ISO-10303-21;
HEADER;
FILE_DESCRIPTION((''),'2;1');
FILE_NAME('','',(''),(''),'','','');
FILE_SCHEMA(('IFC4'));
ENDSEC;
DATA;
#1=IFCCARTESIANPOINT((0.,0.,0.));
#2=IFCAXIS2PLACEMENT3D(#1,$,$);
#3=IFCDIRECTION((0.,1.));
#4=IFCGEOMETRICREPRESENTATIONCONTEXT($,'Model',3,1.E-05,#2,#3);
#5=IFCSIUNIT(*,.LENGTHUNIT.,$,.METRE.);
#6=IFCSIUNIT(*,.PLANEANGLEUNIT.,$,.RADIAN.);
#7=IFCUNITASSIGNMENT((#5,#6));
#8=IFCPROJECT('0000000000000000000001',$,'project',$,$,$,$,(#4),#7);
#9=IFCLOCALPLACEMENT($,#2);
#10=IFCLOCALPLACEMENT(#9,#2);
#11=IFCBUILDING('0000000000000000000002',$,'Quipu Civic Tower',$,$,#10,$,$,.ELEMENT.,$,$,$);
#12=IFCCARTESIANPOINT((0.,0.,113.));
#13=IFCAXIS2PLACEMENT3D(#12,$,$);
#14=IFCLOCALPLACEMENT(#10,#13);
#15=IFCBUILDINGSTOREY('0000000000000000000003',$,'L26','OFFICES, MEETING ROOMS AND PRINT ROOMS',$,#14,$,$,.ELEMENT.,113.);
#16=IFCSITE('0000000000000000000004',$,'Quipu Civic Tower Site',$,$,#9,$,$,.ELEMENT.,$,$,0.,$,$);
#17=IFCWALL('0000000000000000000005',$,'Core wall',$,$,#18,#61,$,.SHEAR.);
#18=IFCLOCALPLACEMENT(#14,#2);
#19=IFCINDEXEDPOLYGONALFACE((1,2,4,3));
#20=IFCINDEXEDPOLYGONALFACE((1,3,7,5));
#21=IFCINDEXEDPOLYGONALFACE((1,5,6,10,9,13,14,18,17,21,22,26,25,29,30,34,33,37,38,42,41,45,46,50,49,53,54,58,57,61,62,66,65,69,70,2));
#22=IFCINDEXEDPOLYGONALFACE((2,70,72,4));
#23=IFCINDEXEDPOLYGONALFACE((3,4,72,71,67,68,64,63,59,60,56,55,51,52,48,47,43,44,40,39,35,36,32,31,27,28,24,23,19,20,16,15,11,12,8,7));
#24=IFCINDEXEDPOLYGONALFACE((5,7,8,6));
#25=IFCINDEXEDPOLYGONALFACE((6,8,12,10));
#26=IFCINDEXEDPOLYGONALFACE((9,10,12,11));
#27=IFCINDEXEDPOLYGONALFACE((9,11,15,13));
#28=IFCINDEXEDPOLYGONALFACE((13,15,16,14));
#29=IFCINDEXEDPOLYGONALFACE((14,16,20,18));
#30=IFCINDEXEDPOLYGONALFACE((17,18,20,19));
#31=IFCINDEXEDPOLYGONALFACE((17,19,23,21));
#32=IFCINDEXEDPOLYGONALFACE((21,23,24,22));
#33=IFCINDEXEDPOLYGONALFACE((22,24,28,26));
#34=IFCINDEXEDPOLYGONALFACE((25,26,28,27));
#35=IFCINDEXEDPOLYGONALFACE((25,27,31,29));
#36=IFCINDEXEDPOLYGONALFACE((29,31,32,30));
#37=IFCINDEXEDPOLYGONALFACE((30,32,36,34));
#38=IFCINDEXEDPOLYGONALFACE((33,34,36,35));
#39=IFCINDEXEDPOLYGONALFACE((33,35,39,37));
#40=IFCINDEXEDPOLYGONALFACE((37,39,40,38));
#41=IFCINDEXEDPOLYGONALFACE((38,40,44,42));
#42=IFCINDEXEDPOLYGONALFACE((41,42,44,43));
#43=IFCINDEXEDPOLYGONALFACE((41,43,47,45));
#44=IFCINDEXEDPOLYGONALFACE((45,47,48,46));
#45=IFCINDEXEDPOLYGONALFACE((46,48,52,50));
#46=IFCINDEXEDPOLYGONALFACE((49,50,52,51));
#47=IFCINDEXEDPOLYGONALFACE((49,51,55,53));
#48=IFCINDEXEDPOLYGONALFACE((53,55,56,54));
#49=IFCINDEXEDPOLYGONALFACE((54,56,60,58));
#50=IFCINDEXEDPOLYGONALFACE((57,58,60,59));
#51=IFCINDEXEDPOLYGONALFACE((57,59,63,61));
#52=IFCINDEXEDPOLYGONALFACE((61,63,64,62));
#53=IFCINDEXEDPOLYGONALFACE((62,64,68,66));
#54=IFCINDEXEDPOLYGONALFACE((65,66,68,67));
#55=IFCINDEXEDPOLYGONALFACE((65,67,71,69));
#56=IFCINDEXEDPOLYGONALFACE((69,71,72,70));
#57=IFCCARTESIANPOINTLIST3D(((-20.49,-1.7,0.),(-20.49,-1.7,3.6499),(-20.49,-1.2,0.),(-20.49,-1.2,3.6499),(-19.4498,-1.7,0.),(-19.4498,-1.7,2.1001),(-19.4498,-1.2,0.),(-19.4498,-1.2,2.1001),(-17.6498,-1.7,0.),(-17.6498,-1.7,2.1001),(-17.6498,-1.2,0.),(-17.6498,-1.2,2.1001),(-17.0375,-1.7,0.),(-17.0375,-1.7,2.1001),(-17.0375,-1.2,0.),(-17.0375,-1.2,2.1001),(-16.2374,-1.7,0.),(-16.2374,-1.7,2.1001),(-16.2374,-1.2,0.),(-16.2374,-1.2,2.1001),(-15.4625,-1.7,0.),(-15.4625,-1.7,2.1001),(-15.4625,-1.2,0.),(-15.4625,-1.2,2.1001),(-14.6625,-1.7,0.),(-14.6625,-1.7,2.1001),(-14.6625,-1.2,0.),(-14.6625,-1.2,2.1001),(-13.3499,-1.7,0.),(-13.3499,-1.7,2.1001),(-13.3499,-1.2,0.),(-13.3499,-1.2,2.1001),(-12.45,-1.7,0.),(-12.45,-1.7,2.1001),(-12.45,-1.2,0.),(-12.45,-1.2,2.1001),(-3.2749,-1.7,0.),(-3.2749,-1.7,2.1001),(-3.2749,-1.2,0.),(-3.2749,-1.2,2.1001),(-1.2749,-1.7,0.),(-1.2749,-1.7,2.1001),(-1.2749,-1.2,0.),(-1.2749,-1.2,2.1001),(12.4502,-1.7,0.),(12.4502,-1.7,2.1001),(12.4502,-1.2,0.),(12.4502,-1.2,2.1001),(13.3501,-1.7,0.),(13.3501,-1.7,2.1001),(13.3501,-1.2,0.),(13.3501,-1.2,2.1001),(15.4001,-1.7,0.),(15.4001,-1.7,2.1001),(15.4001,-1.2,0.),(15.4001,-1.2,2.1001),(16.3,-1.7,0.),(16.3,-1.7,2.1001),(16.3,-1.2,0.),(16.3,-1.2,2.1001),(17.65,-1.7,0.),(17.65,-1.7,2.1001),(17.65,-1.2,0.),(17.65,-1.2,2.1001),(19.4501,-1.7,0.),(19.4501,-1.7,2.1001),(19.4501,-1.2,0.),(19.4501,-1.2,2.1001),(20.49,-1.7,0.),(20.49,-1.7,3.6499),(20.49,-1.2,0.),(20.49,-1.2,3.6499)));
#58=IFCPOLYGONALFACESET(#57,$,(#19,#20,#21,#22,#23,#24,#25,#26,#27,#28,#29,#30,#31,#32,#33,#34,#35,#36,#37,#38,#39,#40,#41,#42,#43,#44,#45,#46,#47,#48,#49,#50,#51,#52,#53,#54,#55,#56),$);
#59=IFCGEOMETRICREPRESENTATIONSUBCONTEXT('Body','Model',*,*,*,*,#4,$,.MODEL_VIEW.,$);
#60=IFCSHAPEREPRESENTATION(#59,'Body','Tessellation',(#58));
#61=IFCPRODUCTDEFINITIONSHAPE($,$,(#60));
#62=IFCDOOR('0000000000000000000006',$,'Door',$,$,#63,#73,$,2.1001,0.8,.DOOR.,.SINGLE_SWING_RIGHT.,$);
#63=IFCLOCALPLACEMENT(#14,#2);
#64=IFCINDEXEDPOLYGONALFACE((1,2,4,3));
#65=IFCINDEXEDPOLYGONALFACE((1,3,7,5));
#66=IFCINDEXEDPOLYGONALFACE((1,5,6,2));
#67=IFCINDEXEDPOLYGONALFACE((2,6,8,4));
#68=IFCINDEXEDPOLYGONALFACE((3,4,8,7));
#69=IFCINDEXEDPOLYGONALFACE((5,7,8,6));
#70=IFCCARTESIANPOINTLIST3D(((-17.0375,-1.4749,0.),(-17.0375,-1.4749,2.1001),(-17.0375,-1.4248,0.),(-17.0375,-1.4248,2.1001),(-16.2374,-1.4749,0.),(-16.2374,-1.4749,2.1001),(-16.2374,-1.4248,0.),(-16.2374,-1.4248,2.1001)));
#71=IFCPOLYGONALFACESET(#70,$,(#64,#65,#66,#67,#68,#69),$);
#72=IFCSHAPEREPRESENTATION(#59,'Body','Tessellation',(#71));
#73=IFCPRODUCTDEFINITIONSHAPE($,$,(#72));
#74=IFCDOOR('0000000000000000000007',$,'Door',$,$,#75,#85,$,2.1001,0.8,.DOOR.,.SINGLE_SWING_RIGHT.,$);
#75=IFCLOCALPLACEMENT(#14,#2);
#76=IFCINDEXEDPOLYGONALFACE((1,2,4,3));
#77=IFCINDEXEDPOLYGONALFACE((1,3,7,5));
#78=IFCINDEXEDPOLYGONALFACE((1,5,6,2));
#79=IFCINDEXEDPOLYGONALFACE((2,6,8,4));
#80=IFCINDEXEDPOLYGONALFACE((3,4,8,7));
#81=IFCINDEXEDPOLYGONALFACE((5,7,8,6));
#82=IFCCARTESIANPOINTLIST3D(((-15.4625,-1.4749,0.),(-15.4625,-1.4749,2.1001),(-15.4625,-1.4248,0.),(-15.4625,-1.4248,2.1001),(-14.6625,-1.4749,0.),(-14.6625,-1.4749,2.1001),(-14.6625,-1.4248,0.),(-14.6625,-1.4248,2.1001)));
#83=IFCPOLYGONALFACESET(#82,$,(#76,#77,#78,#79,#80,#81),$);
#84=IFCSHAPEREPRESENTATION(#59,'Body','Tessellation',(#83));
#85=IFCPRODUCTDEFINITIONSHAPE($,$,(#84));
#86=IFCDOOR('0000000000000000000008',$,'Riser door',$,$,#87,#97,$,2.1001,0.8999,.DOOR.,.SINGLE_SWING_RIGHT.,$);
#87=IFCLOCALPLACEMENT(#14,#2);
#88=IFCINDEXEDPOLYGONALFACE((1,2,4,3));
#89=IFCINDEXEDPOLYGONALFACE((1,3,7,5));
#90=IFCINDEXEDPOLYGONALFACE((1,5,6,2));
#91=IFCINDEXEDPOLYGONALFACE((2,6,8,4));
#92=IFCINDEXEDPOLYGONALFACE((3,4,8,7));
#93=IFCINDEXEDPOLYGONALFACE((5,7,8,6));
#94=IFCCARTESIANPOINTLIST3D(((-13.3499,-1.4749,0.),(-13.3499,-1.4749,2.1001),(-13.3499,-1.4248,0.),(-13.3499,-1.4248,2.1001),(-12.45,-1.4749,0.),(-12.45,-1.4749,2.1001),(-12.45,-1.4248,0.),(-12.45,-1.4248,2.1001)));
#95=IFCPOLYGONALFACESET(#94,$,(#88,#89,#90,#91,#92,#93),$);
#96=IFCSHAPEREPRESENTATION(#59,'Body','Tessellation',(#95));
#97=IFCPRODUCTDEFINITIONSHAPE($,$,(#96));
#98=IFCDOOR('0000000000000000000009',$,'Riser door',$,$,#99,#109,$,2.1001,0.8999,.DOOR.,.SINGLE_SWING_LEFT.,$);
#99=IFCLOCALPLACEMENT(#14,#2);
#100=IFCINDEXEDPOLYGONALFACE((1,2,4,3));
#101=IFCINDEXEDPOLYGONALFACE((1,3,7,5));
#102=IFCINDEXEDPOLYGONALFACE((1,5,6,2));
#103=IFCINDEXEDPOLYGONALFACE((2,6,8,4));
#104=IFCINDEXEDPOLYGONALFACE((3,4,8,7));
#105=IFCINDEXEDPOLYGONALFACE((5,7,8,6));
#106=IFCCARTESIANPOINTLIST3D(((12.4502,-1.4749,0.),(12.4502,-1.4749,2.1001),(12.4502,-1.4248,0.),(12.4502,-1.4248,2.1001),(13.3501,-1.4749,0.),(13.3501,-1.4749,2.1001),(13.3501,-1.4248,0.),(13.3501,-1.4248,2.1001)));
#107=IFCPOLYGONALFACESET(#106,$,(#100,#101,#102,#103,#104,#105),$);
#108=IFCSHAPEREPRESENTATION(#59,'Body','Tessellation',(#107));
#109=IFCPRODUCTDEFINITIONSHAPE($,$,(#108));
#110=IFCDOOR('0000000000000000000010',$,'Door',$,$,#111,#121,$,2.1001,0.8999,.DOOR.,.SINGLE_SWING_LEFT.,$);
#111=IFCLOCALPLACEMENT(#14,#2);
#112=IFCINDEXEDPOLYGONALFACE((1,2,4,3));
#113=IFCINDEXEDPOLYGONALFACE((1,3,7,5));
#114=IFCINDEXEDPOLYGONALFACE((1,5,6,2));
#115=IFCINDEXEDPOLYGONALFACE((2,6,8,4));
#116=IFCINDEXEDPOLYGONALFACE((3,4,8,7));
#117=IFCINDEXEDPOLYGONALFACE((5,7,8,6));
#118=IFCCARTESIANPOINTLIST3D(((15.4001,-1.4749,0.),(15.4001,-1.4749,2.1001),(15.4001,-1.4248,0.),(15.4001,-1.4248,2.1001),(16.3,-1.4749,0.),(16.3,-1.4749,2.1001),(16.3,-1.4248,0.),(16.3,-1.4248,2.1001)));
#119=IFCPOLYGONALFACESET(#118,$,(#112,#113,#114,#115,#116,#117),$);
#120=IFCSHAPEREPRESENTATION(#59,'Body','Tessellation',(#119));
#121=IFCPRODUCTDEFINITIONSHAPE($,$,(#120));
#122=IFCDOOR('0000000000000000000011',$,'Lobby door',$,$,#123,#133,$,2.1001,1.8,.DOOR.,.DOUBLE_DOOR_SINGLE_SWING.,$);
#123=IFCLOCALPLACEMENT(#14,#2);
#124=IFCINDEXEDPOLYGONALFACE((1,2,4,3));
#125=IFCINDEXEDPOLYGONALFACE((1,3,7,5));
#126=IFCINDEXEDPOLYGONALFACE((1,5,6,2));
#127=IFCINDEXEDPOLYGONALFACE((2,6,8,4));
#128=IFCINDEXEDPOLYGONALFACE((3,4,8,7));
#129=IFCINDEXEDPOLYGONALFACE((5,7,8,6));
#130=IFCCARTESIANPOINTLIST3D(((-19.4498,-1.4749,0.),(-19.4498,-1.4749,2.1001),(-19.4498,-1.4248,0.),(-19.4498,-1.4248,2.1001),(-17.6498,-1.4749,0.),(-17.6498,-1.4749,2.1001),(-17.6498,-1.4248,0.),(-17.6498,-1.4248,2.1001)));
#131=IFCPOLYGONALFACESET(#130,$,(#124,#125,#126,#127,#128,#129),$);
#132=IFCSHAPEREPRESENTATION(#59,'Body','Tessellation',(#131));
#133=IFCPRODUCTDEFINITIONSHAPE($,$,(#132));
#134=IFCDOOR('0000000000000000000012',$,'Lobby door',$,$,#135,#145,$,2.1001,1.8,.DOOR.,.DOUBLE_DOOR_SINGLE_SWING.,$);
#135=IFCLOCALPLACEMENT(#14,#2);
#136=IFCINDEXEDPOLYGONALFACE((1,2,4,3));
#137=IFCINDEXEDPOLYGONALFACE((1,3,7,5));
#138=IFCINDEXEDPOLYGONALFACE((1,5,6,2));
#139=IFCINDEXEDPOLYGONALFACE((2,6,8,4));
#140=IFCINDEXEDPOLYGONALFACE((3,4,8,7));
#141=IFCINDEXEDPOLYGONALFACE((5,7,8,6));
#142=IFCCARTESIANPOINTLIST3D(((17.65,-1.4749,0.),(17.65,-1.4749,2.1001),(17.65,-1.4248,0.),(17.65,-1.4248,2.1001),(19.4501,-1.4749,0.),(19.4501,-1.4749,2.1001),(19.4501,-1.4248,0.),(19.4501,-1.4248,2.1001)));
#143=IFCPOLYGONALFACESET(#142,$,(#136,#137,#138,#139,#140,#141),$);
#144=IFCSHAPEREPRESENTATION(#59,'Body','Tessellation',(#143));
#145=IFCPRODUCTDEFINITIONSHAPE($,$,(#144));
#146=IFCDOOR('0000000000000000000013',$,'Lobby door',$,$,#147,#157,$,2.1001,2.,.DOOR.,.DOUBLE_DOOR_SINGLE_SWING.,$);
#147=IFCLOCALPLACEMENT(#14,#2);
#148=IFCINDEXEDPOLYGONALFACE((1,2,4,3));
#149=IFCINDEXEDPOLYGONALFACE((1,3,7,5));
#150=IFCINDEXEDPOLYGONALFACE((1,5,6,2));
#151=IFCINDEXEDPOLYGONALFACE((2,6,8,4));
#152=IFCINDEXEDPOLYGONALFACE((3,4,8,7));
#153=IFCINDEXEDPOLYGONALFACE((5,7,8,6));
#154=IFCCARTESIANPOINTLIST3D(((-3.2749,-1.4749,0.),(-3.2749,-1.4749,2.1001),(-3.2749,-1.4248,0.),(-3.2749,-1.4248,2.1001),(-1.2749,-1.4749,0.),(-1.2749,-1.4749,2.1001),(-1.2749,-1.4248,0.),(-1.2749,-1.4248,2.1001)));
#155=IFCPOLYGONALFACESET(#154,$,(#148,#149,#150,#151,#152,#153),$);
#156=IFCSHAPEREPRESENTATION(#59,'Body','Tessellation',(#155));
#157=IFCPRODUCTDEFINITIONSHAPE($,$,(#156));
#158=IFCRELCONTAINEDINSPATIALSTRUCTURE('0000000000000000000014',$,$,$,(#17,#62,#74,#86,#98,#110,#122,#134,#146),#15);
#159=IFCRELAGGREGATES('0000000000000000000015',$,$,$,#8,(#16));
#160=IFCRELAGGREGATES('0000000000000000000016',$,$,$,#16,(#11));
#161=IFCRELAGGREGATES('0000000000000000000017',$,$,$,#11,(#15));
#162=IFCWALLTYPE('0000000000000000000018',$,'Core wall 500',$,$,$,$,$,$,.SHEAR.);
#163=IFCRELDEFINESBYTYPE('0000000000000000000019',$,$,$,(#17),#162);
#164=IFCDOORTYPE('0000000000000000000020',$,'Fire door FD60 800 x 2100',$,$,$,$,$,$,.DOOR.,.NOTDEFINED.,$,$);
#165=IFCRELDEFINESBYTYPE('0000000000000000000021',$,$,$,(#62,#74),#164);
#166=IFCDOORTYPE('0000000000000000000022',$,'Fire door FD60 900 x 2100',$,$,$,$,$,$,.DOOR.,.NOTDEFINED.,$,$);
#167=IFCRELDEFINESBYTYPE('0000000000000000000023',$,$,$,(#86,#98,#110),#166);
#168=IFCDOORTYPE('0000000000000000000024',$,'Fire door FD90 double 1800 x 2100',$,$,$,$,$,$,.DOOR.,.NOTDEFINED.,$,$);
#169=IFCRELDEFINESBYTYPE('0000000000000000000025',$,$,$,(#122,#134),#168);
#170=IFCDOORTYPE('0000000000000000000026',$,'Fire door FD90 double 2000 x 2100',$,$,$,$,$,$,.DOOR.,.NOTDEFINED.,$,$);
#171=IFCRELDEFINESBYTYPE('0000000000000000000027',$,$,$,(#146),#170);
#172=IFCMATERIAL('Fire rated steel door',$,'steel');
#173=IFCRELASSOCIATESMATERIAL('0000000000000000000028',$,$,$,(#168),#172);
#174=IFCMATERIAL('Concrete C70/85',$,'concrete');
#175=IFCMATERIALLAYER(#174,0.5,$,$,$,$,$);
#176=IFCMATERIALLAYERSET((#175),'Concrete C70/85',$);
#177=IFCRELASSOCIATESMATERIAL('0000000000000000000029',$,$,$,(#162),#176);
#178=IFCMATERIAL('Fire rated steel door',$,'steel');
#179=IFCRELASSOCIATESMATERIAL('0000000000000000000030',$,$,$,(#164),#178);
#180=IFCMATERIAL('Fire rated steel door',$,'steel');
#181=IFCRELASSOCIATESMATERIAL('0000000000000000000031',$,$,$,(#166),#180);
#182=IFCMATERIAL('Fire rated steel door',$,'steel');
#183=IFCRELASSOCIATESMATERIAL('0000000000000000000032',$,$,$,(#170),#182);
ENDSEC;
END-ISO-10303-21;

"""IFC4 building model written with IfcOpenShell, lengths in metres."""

from ifc_helpers import new_model, si_unit, direction, frame, frame_2d, origin, place, context, subcontext, project, spatial, rectangle, extrude, material, layer, layer_set, type_object, element, fill, save


model = new_model("IFC4")

# Units and contexts
model_context = context("Model", 3, precision=1e-05, world=origin(), true_north=direction((0.0, 1.0)))
body_context = subcontext(model_context, "Body", "Model", "MODEL_VIEW")
ifc_project = project(units=[si_unit("LENGTHUNIT", "METRE"), si_unit("PLANEANGLEUNIT", "RADIAN")], contexts=[model_context])

# Site, building, storey
site_placement = place(None, origin())
site = spatial("IfcSite", under=ifc_project, at=site_placement, Name="Quipu Civic Tower Site", CompositionType="ELEMENT", RefElevation=0.0)
building_placement = place(site_placement, origin())
building = spatial("IfcBuilding", under=site, at=building_placement, Name="Quipu Civic Tower", CompositionType="ELEMENT")
storey_placement = place(building_placement, frame((0.0, 0.0, 113.0)))
storey = spatial("IfcBuildingStorey", under=building, at=storey_placement, Name="L26", Description="OFFICES, MEETING ROOMS AND PRINT ROOMS", CompositionType="ELEMENT", Elevation=113.0)

# Shared definitions
ifc_material_1 = material(Name="Fire rated steel door", Category="steel")
door_type_1 = type_object("IfcDoorType", Name="Fire door FD90 double 1800 x 2100", OperationType="NOTDEFINED", PredefinedType="DOOR", material=ifc_material_1)

# Shared definitions
ifc_material_2 = material(Name="Concrete C70/85", Category="concrete")
ifc_layer_1 = layer(ifc_material_2, 0.5)
ifc_layer_set_1 = layer_set([ifc_layer_1], Name="Concrete C70/85")
wall_type_1 = type_object("IfcWallType", Name="Core wall 500", PredefinedType="SHEAR", material=ifc_layer_set_1)

# Wall, openings, doors
wall_1_placement = place(storey_placement, frame((20.49, -1.45, 0.0), z_axis=(0.0, 0.0, 1.0), x_axis=(-1.0, 0.0, 0.0)))
wall_1 = element("IfcWall", 1, at=wall_1_placement, inside=storey, type_object=wall_type_1, Name="Core wall", PredefinedType="SHEAR", context=body_context, shape_type="SweptSolid", body=[
    extrude(rectangle(XDim=40.98, YDim=0.5, at=frame_2d((20.49, 0.0))), origin(), (0.0, 0.0, 1.0), 3.6499),
])
opening_1_placement = place(wall_1_placement, frame((38.1399, 0.0, 0.0)))
opening_1 = element("IfcOpeningElement", 2, at=opening_1_placement, cuts=wall_1, PredefinedType="OPENING", context=body_context, shape_type="SweptSolid", body=[
    extrude(rectangle(XDim=1.8, YDim=2.1001, at=frame_2d((0.8999, 1.05))), frame((0.0, 0.26, 0.0), z_axis=(0.0, -1.0, 0.0), x_axis=(1.0, 0.0, 0.0)), (0.0, 0.0, 1.0), 0.52),
])
opening_2_placement = place(wall_1_placement, frame((36.7275, 0.0, 0.0)))
opening_2 = element("IfcOpeningElement", 3, at=opening_2_placement, cuts=wall_1, PredefinedType="OPENING", context=body_context, shape_type="SweptSolid", body=[
    extrude(rectangle(XDim=0.8, YDim=2.1001, at=frame_2d((0.3999, 1.05))), frame((0.0, 0.26, 0.0), z_axis=(0.0, -1.0, 0.0), x_axis=(1.0, 0.0, 0.0)), (0.0, 0.0, 1.0), 0.52),
])
opening_3_placement = place(wall_1_placement, frame((35.1526, 0.0, 0.0)))
opening_3 = element("IfcOpeningElement", 4, at=opening_3_placement, cuts=wall_1, PredefinedType="OPENING", context=body_context, shape_type="SweptSolid", body=[
    extrude(rectangle(XDim=0.8, YDim=2.1001, at=frame_2d((0.3999, 1.05))), frame((0.0, 0.26, 0.0), z_axis=(0.0, -1.0, 0.0), x_axis=(1.0, 0.0, 0.0)), (0.0, 0.0, 1.0), 0.52),
])
opening_4_placement = place(wall_1_placement, frame((32.9399, 0.0, 0.0)))
opening_4 = element("IfcOpeningElement", 5, at=opening_4_placement, cuts=wall_1, PredefinedType="OPENING", context=body_context, shape_type="SweptSolid", body=[
    extrude(rectangle(XDim=0.8999, YDim=2.1001, at=frame_2d((0.45, 1.05))), frame((0.0, 0.26, 0.0), z_axis=(0.0, -1.0, 0.0), x_axis=(1.0, 0.0, 0.0)), (0.0, 0.0, 1.0), 0.52),
])
opening_5_placement = place(wall_1_placement, frame((21.7649, 0.0, 0.0)))
opening_5 = element("IfcOpeningElement", 6, at=opening_5_placement, cuts=wall_1, PredefinedType="OPENING", context=body_context, shape_type="SweptSolid", body=[
    extrude(rectangle(XDim=2.0, YDim=2.1001, at=frame_2d((1.0, 1.05))), frame((0.0, 0.26, 0.0), z_axis=(0.0, -1.0, 0.0), x_axis=(1.0, 0.0, 0.0)), (0.0, 0.0, 1.0), 0.52),
])
opening_6_placement = place(wall_1_placement, frame((7.1399, 0.0, 0.0)))
opening_6 = element("IfcOpeningElement", 7, at=opening_6_placement, cuts=wall_1, PredefinedType="OPENING", context=body_context, shape_type="SweptSolid", body=[
    extrude(rectangle(XDim=0.8999, YDim=2.1001, at=frame_2d((0.45, 1.05))), frame((0.0, 0.26, 0.0), z_axis=(0.0, -1.0, 0.0), x_axis=(1.0, 0.0, 0.0)), (0.0, 0.0, 1.0), 0.52),
])
opening_7_placement = place(wall_1_placement, frame((4.1899, 0.0, 0.0)))
opening_7 = element("IfcOpeningElement", 8, at=opening_7_placement, cuts=wall_1, PredefinedType="OPENING", context=body_context, shape_type="SweptSolid", body=[
    extrude(rectangle(XDim=0.8999, YDim=2.1001, at=frame_2d((0.45, 1.05))), frame((0.0, 0.26, 0.0), z_axis=(0.0, -1.0, 0.0), x_axis=(1.0, 0.0, 0.0)), (0.0, 0.0, 1.0), 0.52),
])
opening_8_placement = place(wall_1_placement, frame((1.04, 0.0, 0.0)))
opening_8 = element("IfcOpeningElement", 9, at=opening_8_placement, cuts=wall_1, PredefinedType="OPENING", context=body_context, shape_type="SweptSolid", body=[
    extrude(rectangle(XDim=1.8, YDim=2.1001, at=frame_2d((0.8999, 1.05))), frame((0.0, 0.26, 0.0), z_axis=(0.0, -1.0, 0.0), x_axis=(1.0, 0.0, 0.0)), (0.0, 0.0, 1.0), 0.52),
])
ifc_material_3 = material(Name="Fire rated steel door", Category="steel")
door_type_2 = type_object("IfcDoorType", Name="Fire door FD60 800 x 2100", OperationType="NOTDEFINED", PredefinedType="DOOR", material=ifc_material_3)
door_1_placement = place(opening_2_placement, origin())
door_1 = element("IfcDoor", 10, at=door_1_placement, inside=storey, type_object=door_type_2, Name="Door", OperationType="SINGLE_SWING_RIGHT", OverallHeight=2.1001, OverallWidth=0.8, PredefinedType="DOOR", context=body_context, shape_type="SweptSolid", body=[
    extrude(rectangle(XDim=0.8, YDim=2.1001, at=frame_2d((0.3999, 1.05))), frame((0.0, 0.0249, 0.0), z_axis=(0.0, -1.0, 0.0), x_axis=(1.0, 0.0, 0.0)), (0.0, 0.0, 1.0), 0.05),
])
fill(opening_2, door_1)
door_2_placement = place(opening_3_placement, origin())
door_2 = element("IfcDoor", 11, at=door_2_placement, inside=storey, type_object=door_type_2, Name="Door", OperationType="SINGLE_SWING_RIGHT", OverallHeight=2.1001, OverallWidth=0.8, PredefinedType="DOOR", context=body_context, shape_type="SweptSolid", body=[
    extrude(rectangle(XDim=0.8, YDim=2.1001, at=frame_2d((0.3999, 1.05))), frame((0.0, 0.0249, 0.0), z_axis=(0.0, -1.0, 0.0), x_axis=(1.0, 0.0, 0.0)), (0.0, 0.0, 1.0), 0.05),
])
fill(opening_3, door_2)
ifc_material_4 = material(Name="Fire rated steel door", Category="steel")
door_type_3 = type_object("IfcDoorType", Name="Fire door FD60 900 x 2100", OperationType="NOTDEFINED", PredefinedType="DOOR", material=ifc_material_4)
door_3_placement = place(opening_4_placement, origin())
door_3 = element("IfcDoor", 12, at=door_3_placement, inside=storey, type_object=door_type_3, Name="Riser door", OperationType="SINGLE_SWING_RIGHT", OverallHeight=2.1001, OverallWidth=0.8999, PredefinedType="DOOR", context=body_context, shape_type="SweptSolid", body=[
    extrude(rectangle(XDim=0.8999, YDim=2.1001, at=frame_2d((0.45, 1.05))), frame((0.0, 0.0249, 0.0), z_axis=(0.0, -1.0, 0.0), x_axis=(1.0, 0.0, 0.0)), (0.0, 0.0, 1.0), 0.05),
])
fill(opening_4, door_3)
door_4_placement = place(opening_6_placement, origin())
door_4 = element("IfcDoor", 13, at=door_4_placement, inside=storey, type_object=door_type_3, Name="Riser door", OperationType="SINGLE_SWING_LEFT", OverallHeight=2.1001, OverallWidth=0.8999, PredefinedType="DOOR", context=body_context, shape_type="SweptSolid", body=[
    extrude(rectangle(XDim=0.8999, YDim=2.1001, at=frame_2d((0.45, 1.05))), frame((0.0, 0.0249, 0.0), z_axis=(0.0, -1.0, 0.0), x_axis=(1.0, 0.0, 0.0)), (0.0, 0.0, 1.0), 0.05),
])
fill(opening_6, door_4)
door_5_placement = place(opening_7_placement, origin())
door_5 = element("IfcDoor", 14, at=door_5_placement, inside=storey, type_object=door_type_3, Name="Door", OperationType="SINGLE_SWING_LEFT", OverallHeight=2.1001, OverallWidth=0.8999, PredefinedType="DOOR", context=body_context, shape_type="SweptSolid", body=[
    extrude(rectangle(XDim=0.8999, YDim=2.1001, at=frame_2d((0.45, 1.05))), frame((0.0, 0.0249, 0.0), z_axis=(0.0, -1.0, 0.0), x_axis=(1.0, 0.0, 0.0)), (0.0, 0.0, 1.0), 0.05),
])
fill(opening_7, door_5)
door_6_placement = place(opening_1_placement, origin())
door_6 = element("IfcDoor", 15, at=door_6_placement, inside=storey, type_object=door_type_1, Name="Lobby door", OperationType="DOUBLE_DOOR_SINGLE_SWING", OverallHeight=2.1001, OverallWidth=1.8, PredefinedType="DOOR", context=body_context, shape_type="SweptSolid", body=[
    extrude(rectangle(XDim=1.8, YDim=2.1001, at=frame_2d((0.8999, 1.05))), frame((0.0, 0.0249, 0.0), z_axis=(0.0, -1.0, 0.0), x_axis=(1.0, 0.0, 0.0)), (0.0, 0.0, 1.0), 0.05),
])
fill(opening_1, door_6)
door_7_placement = place(opening_8_placement, origin())
door_7 = element("IfcDoor", 16, at=door_7_placement, inside=storey, type_object=door_type_1, Name="Lobby door", OperationType="DOUBLE_DOOR_SINGLE_SWING", OverallHeight=2.1001, OverallWidth=1.8, PredefinedType="DOOR", context=body_context, shape_type="SweptSolid", body=[
    extrude(rectangle(XDim=1.8, YDim=2.1001, at=frame_2d((0.8999, 1.05))), frame((0.0, 0.0249, 0.0), z_axis=(0.0, -1.0, 0.0), x_axis=(1.0, 0.0, 0.0)), (0.0, 0.0, 1.0), 0.05),
])
fill(opening_8, door_7)
ifc_material_5 = material(Name="Fire rated steel door", Category="steel")
door_type_4 = type_object("IfcDoorType", Name="Fire door FD90 double 2000 x 2100", OperationType="NOTDEFINED", PredefinedType="DOOR", material=ifc_material_5)
door_8_placement = place(opening_5_placement, origin())
door_8 = element("IfcDoor", 17, at=door_8_placement, inside=storey, type_object=door_type_4, Name="Lobby door", OperationType="DOUBLE_DOOR_SINGLE_SWING", OverallHeight=2.1001, OverallWidth=2.0, PredefinedType="DOOR", context=body_context, shape_type="SweptSolid", body=[
    extrude(rectangle(XDim=2.0, YDim=2.1001, at=frame_2d((1.0, 1.05))), frame((0.0, 0.0249, 0.0), z_axis=(0.0, -1.0, 0.0), x_axis=(1.0, 0.0, 0.0)), (0.0, 0.0, 1.0), 0.05),
])
fill(opening_5, door_8)

save(model, "model.ifc")
